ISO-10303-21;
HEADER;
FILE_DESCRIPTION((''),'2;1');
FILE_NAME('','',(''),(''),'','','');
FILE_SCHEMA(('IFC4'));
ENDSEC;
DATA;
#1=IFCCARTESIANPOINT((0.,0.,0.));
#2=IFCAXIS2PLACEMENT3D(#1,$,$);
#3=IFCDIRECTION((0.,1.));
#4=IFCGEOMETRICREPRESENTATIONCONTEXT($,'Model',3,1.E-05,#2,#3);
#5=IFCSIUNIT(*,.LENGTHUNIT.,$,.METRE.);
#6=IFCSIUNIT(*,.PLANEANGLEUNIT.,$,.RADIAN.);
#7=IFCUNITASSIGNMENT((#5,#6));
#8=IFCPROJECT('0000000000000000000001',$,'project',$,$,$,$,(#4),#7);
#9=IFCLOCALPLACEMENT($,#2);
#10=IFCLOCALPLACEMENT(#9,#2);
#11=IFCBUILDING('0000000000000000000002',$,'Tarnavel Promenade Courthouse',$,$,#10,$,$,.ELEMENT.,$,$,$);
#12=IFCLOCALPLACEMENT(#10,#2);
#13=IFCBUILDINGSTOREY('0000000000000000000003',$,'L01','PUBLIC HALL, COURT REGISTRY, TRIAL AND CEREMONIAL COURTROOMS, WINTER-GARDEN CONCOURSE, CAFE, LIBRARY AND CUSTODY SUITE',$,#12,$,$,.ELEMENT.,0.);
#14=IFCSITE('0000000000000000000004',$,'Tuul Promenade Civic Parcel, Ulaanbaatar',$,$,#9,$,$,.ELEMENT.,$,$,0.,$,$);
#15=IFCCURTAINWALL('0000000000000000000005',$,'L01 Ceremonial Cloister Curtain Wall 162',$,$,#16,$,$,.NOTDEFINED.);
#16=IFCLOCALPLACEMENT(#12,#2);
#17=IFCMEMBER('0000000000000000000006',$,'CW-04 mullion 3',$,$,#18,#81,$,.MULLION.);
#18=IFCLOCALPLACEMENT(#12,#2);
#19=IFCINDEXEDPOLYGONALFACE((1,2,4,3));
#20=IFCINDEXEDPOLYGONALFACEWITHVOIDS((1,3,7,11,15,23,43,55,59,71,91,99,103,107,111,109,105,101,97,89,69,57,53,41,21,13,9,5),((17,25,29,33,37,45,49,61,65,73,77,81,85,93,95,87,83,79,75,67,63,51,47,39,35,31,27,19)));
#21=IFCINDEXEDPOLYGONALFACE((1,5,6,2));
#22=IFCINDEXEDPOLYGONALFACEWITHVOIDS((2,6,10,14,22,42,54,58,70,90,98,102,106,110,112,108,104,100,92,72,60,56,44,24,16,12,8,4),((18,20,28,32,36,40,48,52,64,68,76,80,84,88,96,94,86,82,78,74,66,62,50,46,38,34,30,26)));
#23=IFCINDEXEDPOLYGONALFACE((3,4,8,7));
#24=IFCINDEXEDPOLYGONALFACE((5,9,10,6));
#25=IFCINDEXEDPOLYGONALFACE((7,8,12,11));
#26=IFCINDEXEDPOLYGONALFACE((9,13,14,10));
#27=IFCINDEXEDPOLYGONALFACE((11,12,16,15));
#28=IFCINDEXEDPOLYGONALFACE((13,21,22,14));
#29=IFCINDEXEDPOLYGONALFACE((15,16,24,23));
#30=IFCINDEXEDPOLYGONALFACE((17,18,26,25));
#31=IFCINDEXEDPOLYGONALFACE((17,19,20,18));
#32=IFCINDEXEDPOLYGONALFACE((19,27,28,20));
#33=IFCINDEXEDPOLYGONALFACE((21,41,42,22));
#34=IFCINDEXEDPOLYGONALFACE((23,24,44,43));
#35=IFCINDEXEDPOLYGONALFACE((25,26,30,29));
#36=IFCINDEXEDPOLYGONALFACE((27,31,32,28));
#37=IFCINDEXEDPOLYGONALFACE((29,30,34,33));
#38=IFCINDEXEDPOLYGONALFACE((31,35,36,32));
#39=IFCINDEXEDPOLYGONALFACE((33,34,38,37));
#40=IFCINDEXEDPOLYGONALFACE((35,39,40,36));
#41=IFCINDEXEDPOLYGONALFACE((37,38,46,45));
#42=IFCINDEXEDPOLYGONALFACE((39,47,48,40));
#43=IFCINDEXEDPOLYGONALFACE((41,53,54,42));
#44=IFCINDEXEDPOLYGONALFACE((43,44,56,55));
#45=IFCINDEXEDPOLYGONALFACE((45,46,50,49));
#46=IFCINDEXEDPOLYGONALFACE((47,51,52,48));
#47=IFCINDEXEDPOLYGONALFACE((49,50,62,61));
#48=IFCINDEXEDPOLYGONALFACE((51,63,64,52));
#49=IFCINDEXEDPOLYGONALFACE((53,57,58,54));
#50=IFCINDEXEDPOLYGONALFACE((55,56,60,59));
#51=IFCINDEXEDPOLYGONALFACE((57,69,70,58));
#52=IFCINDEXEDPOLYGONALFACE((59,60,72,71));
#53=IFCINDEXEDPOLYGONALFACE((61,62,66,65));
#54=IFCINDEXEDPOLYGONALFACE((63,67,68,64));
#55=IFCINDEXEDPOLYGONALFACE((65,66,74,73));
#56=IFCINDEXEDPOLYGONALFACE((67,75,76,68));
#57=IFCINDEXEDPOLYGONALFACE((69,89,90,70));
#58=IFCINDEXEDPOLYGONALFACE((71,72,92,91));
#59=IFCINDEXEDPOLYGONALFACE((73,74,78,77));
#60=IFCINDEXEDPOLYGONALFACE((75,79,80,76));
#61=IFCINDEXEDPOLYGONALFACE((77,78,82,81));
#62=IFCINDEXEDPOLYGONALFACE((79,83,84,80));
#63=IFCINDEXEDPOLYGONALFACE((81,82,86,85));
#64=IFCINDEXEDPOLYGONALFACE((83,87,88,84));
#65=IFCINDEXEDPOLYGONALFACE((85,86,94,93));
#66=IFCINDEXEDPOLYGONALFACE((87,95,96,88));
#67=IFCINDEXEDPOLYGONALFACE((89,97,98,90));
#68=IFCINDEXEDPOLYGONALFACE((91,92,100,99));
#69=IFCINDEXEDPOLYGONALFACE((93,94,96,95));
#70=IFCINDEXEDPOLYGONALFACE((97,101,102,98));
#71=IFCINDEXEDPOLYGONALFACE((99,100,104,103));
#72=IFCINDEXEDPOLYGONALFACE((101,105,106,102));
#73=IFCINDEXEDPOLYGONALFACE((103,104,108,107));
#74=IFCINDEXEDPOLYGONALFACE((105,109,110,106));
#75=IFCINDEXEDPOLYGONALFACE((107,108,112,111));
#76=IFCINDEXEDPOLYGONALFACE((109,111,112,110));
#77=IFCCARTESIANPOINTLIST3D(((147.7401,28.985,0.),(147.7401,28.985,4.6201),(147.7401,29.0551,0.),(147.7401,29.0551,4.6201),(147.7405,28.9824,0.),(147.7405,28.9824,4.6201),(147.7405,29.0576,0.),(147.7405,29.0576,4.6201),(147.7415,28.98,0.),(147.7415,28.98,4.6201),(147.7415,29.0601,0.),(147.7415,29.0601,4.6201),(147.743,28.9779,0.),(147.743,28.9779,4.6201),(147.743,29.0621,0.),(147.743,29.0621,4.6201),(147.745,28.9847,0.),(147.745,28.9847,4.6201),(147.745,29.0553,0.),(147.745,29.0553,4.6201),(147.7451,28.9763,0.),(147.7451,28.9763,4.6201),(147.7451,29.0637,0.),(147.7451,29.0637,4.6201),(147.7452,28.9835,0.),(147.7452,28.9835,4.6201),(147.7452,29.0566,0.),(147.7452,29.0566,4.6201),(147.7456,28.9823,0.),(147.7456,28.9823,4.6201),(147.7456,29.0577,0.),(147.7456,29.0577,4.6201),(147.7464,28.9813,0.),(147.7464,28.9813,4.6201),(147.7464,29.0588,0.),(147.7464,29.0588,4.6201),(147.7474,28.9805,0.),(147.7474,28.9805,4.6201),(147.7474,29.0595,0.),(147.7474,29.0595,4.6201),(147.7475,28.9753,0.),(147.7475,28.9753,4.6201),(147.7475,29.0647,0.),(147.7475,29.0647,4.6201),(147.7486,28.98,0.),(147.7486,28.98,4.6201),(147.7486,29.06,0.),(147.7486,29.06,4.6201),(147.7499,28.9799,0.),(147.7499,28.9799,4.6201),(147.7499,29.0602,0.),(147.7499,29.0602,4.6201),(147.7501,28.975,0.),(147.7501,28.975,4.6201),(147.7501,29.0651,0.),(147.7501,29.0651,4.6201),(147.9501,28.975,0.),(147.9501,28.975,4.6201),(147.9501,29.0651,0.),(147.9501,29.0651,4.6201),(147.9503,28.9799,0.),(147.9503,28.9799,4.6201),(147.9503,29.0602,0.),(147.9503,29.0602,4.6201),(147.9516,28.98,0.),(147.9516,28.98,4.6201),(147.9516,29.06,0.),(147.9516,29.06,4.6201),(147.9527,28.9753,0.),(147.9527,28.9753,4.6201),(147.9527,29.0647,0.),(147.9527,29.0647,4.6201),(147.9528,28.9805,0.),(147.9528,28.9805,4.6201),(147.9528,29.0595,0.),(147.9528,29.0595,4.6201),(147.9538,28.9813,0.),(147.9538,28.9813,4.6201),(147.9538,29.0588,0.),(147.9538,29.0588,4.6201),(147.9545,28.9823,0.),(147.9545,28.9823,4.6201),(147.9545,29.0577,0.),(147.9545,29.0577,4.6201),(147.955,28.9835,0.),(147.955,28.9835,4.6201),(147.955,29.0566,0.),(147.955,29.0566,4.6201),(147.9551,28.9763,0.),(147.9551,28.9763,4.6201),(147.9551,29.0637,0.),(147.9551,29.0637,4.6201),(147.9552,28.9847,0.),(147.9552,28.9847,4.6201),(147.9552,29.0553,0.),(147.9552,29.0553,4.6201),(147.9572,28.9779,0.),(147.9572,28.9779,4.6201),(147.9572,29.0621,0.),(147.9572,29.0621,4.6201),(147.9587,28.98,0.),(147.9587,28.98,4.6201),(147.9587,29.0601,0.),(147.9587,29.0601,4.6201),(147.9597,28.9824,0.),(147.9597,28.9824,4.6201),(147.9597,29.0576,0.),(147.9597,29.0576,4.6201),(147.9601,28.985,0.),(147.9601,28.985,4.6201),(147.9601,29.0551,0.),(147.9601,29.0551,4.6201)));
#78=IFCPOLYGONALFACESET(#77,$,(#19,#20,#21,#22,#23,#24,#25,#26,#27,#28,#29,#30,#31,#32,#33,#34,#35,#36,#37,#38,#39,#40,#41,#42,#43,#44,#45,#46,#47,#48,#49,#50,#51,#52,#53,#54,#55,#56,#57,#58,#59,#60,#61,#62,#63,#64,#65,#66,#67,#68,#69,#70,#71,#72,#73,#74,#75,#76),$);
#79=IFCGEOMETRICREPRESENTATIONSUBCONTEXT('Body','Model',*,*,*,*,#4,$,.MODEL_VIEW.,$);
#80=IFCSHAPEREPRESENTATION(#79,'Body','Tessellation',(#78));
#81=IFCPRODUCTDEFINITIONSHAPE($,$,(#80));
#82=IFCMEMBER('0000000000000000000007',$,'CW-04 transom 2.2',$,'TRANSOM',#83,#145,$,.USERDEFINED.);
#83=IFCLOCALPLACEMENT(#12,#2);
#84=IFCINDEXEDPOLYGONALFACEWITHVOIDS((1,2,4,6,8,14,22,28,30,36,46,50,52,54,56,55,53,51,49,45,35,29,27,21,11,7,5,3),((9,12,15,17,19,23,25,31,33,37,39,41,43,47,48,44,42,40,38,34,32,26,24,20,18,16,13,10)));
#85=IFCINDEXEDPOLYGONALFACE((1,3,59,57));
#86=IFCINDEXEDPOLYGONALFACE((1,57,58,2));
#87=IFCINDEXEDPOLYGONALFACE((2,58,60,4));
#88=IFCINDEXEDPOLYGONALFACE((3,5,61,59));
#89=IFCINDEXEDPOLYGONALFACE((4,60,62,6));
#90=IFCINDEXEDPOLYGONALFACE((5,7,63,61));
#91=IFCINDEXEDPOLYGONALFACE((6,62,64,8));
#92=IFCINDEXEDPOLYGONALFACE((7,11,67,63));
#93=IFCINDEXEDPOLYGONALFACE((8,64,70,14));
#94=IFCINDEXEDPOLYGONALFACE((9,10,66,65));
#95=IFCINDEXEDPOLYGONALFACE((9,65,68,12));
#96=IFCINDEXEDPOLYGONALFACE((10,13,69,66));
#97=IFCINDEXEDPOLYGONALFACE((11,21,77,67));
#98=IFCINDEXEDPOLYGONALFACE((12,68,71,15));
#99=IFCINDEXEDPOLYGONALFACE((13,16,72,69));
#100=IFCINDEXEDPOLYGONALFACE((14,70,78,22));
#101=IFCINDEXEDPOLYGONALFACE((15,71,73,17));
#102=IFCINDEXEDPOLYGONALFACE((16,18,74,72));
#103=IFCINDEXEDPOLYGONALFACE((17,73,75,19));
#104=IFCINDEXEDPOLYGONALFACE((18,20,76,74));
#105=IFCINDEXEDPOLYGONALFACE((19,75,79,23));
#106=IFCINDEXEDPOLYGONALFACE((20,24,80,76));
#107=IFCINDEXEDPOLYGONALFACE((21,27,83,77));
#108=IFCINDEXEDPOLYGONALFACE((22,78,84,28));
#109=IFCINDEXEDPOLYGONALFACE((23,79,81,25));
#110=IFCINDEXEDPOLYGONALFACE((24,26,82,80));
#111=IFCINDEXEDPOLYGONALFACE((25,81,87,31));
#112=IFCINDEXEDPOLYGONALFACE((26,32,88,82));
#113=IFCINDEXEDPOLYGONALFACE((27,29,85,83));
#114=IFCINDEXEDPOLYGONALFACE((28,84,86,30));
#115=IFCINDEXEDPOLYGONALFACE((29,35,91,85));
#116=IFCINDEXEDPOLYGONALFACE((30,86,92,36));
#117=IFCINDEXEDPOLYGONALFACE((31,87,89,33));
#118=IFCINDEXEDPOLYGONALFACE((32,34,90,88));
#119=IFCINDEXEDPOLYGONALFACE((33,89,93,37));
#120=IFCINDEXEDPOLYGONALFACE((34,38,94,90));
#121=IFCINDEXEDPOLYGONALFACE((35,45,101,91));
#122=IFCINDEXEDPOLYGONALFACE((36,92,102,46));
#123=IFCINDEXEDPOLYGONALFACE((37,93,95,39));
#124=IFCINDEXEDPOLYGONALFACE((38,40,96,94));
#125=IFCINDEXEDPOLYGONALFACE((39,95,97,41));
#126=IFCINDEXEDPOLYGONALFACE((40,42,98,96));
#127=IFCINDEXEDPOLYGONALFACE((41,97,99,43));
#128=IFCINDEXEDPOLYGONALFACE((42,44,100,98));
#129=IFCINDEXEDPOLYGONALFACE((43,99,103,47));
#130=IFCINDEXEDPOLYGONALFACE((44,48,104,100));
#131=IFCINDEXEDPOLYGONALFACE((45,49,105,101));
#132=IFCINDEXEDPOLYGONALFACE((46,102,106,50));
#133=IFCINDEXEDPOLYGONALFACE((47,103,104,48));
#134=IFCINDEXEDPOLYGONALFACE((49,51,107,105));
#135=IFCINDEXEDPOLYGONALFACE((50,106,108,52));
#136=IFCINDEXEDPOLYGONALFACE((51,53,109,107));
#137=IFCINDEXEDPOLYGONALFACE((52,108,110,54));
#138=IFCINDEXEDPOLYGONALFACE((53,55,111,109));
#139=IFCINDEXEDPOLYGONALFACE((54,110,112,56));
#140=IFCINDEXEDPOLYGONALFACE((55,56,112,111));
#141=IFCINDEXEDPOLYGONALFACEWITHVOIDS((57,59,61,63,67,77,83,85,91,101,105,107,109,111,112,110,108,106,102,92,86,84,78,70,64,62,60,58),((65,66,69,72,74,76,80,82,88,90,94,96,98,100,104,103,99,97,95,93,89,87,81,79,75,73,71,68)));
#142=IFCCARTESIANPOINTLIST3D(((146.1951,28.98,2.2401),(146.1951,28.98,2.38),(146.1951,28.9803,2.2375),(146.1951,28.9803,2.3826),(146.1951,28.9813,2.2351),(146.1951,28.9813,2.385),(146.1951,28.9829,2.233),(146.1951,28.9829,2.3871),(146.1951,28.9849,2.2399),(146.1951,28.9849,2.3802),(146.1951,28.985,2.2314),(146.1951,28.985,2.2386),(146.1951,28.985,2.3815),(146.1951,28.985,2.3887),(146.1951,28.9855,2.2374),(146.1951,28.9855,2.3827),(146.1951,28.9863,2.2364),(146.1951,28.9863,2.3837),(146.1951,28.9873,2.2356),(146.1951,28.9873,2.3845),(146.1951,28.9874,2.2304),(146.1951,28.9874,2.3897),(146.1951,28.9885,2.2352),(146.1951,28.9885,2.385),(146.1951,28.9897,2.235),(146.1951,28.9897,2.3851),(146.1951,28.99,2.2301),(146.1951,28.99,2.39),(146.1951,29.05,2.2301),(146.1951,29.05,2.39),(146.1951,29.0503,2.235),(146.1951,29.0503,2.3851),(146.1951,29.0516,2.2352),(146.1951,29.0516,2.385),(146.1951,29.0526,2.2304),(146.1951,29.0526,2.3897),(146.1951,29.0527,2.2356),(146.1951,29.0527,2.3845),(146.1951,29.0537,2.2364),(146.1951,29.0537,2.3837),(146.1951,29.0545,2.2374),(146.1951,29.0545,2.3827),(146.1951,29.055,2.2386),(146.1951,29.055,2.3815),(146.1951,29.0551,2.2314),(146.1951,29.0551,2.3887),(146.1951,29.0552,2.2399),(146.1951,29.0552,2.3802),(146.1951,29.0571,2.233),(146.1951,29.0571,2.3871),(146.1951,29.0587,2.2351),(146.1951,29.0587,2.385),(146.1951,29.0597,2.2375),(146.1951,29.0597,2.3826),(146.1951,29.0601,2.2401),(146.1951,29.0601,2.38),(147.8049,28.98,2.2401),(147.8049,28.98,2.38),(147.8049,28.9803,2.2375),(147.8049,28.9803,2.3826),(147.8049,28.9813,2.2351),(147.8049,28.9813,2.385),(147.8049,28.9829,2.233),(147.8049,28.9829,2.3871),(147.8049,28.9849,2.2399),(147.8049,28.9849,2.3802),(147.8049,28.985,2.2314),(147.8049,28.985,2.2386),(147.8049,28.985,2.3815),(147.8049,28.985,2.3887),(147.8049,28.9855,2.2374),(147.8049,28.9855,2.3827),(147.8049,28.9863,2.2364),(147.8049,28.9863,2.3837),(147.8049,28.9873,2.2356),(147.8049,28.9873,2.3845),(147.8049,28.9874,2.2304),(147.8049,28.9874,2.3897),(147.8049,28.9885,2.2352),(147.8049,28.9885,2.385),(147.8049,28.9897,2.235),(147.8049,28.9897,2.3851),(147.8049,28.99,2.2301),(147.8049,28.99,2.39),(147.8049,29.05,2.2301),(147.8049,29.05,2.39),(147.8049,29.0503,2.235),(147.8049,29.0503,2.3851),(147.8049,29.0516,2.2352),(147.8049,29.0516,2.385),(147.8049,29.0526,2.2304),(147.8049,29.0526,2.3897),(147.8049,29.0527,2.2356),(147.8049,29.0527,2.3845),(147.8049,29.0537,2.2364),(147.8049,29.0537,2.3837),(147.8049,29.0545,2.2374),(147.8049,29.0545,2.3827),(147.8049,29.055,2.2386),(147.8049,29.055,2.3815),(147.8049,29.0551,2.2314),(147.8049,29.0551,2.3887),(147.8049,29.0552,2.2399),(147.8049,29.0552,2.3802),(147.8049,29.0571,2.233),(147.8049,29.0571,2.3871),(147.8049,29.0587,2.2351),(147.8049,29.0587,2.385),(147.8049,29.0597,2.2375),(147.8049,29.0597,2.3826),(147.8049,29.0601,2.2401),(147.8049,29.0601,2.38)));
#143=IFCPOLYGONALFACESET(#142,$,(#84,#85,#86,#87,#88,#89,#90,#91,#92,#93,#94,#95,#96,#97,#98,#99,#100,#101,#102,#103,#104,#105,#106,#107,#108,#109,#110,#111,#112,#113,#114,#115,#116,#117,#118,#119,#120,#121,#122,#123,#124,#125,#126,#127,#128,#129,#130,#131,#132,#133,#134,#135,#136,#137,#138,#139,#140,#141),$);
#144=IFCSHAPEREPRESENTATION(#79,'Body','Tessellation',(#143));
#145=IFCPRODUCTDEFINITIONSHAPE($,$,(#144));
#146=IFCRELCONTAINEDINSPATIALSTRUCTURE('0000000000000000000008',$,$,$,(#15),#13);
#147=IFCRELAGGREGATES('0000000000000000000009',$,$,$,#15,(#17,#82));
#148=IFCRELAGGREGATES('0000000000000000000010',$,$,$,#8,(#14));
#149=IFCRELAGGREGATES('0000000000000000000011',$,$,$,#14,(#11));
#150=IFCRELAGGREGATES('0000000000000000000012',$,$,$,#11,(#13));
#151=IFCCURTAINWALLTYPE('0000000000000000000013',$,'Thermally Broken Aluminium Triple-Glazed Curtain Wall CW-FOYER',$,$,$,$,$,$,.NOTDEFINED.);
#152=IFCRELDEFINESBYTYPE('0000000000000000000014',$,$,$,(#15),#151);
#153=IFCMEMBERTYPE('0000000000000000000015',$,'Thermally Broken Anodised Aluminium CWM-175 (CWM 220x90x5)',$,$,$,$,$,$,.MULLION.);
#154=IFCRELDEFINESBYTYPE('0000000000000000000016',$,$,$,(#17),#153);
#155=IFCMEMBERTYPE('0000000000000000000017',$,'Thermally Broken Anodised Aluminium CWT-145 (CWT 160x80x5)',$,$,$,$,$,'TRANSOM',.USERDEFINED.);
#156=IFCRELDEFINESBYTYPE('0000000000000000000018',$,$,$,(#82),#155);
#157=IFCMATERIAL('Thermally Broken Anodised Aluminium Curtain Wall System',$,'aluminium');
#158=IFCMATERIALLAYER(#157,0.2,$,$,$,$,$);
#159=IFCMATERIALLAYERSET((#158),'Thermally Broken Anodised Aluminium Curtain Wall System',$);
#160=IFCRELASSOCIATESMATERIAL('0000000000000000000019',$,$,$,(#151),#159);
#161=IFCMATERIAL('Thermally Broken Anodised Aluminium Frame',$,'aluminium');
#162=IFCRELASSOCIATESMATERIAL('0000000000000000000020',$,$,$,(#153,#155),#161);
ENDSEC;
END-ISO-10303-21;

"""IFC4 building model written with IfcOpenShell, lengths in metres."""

from ifc_helpers import new_model, si_unit, direction, frame, origin, origin_2d, place, context, subcontext, project, spatial, hollow_rectangle, extrude, material, layer, layer_set, material_profile, profile_set, type_object, element, aggregate, save


model = new_model("IFC4")

# Units and contexts
model_context = context("Model", 3, precision=1e-05, world=origin(), true_north=direction((0.0, 1.0)))
body_context = subcontext(model_context, "Body", "Model", "MODEL_VIEW")
ifc_project = project(units=[si_unit("LENGTHUNIT", "METRE"), si_unit("PLANEANGLEUNIT", "RADIAN")], contexts=[model_context])

# Site, building, storey
site_placement = place(None, origin())
site = spatial("IfcSite", under=ifc_project, at=site_placement, Name="Tuul Promenade Civic Parcel, Ulaanbaatar", CompositionType="ELEMENT", RefElevation=0.0)
building_placement = place(site_placement, origin())
building = spatial("IfcBuilding", under=site, at=building_placement, Name="Tarnavel Promenade Courthouse", CompositionType="ELEMENT")
storey_placement = place(building_placement, origin())
storey = spatial("IfcBuildingStorey", under=building, at=storey_placement, Name="L01", Description="PUBLIC HALL, COURT REGISTRY, TRIAL AND CEREMONIAL COURTROOMS, WINTER-GARDEN CONCOURSE, CAFE, LIBRARY AND CUSTODY SUITE", CompositionType="ELEMENT", Elevation=0.0)

# Curtain wall, members
ifc_material_1 = material(Name="Thermally Broken Anodised Aluminium Curtain Wall System", Category="aluminium")
ifc_layer_1 = layer(ifc_material_1, 0.2)
ifc_layer_set_1 = layer_set([ifc_layer_1], Name="Thermally Broken Anodised Aluminium Curtain Wall System")
curtain_wall_type = type_object("IfcCurtainWallType", Name="Thermally Broken Aluminium Triple-Glazed Curtain Wall CW-FOYER", PredefinedType="NOTDEFINED", material=ifc_layer_set_1)
curtain_wall_placement = place(storey_placement, origin())
curtain_wall = element("IfcCurtainWall", 1, at=curtain_wall_placement, inside=storey, type_object=curtain_wall_type, Name="L01 Ceremonial Cloister Curtain Wall 162", PredefinedType="NOTDEFINED")
ifc_material_2 = material(Name="Thermally Broken Anodised Aluminium Frame", Category="aluminium")
ifc_material_profile_1 = material_profile(ifc_material_2, hollow_rectangle(XDim=0.0901, YDim=0.22, WallThickness=0.0049, InnerFilletRadius=0.0049, OuterFilletRadius=0.01, at=origin_2d()), Name="CWM 220x90x5")
ifc_profile_set_1 = profile_set([ifc_material_profile_1], Name="Thermally Broken Anodised Aluminium Frame")
member_type_1 = type_object("IfcMemberType", Name="Thermally Broken Anodised Aluminium CWM-175 (CWM 220x90x5)", PredefinedType="MULLION", material=ifc_profile_set_1)
member_1_placement = place(storey_placement, frame((147.8501, 29.02, 0.0), z_axis=(0.0, 0.0, 1.0), x_axis=(0.0, 1.0, 0.0)))
member_1 = element("IfcMember", 2, at=member_1_placement, type_object=member_type_1, Name="CW-04 mullion 3", PredefinedType="MULLION", context=body_context, shape_type="SweptSolid", body=[
    extrude(hollow_rectangle(XDim=0.0901, YDim=0.22, WallThickness=0.0049, InnerFilletRadius=0.0049, OuterFilletRadius=0.01, at=origin_2d()), origin(), (0.0, 0.0, 1.0), 4.6201),
])
ifc_material_profile_2 = material_profile(ifc_material_2, hollow_rectangle(XDim=0.0801, YDim=0.1599, WallThickness=0.0049, InnerFilletRadius=0.0049, OuterFilletRadius=0.01, at=origin_2d()), Name="CWT 160x80x5")
ifc_profile_set_2 = profile_set([ifc_material_profile_2], Name="Thermally Broken Anodised Aluminium Frame")
member_type_2 = type_object("IfcMemberType", Name="Thermally Broken Anodised Aluminium CWT-145 (CWT 160x80x5)", ElementType="TRANSOM", PredefinedType="USERDEFINED", material=ifc_profile_set_2)
member_2_placement = place(storey_placement, frame((146.1951, 29.02, 2.3101), z_axis=(1.0, 0.0, 0.0), x_axis=(0.0, 1.0, 0.0)))
member_2 = element("IfcMember", 3, at=member_2_placement, type_object=member_type_2, Name="CW-04 transom 2.2", ObjectType="TRANSOM", PredefinedType="USERDEFINED", context=body_context, shape_type="SweptSolid", body=[
    extrude(hollow_rectangle(XDim=0.0801, YDim=0.1599, WallThickness=0.0049, InnerFilletRadius=0.0049, OuterFilletRadius=0.01, at=origin_2d()), origin(), (0.0, 0.0, 1.0), 1.6099),
])
aggregate(curtain_wall, [member_1, member_2])

save(model, "model.ifc")
